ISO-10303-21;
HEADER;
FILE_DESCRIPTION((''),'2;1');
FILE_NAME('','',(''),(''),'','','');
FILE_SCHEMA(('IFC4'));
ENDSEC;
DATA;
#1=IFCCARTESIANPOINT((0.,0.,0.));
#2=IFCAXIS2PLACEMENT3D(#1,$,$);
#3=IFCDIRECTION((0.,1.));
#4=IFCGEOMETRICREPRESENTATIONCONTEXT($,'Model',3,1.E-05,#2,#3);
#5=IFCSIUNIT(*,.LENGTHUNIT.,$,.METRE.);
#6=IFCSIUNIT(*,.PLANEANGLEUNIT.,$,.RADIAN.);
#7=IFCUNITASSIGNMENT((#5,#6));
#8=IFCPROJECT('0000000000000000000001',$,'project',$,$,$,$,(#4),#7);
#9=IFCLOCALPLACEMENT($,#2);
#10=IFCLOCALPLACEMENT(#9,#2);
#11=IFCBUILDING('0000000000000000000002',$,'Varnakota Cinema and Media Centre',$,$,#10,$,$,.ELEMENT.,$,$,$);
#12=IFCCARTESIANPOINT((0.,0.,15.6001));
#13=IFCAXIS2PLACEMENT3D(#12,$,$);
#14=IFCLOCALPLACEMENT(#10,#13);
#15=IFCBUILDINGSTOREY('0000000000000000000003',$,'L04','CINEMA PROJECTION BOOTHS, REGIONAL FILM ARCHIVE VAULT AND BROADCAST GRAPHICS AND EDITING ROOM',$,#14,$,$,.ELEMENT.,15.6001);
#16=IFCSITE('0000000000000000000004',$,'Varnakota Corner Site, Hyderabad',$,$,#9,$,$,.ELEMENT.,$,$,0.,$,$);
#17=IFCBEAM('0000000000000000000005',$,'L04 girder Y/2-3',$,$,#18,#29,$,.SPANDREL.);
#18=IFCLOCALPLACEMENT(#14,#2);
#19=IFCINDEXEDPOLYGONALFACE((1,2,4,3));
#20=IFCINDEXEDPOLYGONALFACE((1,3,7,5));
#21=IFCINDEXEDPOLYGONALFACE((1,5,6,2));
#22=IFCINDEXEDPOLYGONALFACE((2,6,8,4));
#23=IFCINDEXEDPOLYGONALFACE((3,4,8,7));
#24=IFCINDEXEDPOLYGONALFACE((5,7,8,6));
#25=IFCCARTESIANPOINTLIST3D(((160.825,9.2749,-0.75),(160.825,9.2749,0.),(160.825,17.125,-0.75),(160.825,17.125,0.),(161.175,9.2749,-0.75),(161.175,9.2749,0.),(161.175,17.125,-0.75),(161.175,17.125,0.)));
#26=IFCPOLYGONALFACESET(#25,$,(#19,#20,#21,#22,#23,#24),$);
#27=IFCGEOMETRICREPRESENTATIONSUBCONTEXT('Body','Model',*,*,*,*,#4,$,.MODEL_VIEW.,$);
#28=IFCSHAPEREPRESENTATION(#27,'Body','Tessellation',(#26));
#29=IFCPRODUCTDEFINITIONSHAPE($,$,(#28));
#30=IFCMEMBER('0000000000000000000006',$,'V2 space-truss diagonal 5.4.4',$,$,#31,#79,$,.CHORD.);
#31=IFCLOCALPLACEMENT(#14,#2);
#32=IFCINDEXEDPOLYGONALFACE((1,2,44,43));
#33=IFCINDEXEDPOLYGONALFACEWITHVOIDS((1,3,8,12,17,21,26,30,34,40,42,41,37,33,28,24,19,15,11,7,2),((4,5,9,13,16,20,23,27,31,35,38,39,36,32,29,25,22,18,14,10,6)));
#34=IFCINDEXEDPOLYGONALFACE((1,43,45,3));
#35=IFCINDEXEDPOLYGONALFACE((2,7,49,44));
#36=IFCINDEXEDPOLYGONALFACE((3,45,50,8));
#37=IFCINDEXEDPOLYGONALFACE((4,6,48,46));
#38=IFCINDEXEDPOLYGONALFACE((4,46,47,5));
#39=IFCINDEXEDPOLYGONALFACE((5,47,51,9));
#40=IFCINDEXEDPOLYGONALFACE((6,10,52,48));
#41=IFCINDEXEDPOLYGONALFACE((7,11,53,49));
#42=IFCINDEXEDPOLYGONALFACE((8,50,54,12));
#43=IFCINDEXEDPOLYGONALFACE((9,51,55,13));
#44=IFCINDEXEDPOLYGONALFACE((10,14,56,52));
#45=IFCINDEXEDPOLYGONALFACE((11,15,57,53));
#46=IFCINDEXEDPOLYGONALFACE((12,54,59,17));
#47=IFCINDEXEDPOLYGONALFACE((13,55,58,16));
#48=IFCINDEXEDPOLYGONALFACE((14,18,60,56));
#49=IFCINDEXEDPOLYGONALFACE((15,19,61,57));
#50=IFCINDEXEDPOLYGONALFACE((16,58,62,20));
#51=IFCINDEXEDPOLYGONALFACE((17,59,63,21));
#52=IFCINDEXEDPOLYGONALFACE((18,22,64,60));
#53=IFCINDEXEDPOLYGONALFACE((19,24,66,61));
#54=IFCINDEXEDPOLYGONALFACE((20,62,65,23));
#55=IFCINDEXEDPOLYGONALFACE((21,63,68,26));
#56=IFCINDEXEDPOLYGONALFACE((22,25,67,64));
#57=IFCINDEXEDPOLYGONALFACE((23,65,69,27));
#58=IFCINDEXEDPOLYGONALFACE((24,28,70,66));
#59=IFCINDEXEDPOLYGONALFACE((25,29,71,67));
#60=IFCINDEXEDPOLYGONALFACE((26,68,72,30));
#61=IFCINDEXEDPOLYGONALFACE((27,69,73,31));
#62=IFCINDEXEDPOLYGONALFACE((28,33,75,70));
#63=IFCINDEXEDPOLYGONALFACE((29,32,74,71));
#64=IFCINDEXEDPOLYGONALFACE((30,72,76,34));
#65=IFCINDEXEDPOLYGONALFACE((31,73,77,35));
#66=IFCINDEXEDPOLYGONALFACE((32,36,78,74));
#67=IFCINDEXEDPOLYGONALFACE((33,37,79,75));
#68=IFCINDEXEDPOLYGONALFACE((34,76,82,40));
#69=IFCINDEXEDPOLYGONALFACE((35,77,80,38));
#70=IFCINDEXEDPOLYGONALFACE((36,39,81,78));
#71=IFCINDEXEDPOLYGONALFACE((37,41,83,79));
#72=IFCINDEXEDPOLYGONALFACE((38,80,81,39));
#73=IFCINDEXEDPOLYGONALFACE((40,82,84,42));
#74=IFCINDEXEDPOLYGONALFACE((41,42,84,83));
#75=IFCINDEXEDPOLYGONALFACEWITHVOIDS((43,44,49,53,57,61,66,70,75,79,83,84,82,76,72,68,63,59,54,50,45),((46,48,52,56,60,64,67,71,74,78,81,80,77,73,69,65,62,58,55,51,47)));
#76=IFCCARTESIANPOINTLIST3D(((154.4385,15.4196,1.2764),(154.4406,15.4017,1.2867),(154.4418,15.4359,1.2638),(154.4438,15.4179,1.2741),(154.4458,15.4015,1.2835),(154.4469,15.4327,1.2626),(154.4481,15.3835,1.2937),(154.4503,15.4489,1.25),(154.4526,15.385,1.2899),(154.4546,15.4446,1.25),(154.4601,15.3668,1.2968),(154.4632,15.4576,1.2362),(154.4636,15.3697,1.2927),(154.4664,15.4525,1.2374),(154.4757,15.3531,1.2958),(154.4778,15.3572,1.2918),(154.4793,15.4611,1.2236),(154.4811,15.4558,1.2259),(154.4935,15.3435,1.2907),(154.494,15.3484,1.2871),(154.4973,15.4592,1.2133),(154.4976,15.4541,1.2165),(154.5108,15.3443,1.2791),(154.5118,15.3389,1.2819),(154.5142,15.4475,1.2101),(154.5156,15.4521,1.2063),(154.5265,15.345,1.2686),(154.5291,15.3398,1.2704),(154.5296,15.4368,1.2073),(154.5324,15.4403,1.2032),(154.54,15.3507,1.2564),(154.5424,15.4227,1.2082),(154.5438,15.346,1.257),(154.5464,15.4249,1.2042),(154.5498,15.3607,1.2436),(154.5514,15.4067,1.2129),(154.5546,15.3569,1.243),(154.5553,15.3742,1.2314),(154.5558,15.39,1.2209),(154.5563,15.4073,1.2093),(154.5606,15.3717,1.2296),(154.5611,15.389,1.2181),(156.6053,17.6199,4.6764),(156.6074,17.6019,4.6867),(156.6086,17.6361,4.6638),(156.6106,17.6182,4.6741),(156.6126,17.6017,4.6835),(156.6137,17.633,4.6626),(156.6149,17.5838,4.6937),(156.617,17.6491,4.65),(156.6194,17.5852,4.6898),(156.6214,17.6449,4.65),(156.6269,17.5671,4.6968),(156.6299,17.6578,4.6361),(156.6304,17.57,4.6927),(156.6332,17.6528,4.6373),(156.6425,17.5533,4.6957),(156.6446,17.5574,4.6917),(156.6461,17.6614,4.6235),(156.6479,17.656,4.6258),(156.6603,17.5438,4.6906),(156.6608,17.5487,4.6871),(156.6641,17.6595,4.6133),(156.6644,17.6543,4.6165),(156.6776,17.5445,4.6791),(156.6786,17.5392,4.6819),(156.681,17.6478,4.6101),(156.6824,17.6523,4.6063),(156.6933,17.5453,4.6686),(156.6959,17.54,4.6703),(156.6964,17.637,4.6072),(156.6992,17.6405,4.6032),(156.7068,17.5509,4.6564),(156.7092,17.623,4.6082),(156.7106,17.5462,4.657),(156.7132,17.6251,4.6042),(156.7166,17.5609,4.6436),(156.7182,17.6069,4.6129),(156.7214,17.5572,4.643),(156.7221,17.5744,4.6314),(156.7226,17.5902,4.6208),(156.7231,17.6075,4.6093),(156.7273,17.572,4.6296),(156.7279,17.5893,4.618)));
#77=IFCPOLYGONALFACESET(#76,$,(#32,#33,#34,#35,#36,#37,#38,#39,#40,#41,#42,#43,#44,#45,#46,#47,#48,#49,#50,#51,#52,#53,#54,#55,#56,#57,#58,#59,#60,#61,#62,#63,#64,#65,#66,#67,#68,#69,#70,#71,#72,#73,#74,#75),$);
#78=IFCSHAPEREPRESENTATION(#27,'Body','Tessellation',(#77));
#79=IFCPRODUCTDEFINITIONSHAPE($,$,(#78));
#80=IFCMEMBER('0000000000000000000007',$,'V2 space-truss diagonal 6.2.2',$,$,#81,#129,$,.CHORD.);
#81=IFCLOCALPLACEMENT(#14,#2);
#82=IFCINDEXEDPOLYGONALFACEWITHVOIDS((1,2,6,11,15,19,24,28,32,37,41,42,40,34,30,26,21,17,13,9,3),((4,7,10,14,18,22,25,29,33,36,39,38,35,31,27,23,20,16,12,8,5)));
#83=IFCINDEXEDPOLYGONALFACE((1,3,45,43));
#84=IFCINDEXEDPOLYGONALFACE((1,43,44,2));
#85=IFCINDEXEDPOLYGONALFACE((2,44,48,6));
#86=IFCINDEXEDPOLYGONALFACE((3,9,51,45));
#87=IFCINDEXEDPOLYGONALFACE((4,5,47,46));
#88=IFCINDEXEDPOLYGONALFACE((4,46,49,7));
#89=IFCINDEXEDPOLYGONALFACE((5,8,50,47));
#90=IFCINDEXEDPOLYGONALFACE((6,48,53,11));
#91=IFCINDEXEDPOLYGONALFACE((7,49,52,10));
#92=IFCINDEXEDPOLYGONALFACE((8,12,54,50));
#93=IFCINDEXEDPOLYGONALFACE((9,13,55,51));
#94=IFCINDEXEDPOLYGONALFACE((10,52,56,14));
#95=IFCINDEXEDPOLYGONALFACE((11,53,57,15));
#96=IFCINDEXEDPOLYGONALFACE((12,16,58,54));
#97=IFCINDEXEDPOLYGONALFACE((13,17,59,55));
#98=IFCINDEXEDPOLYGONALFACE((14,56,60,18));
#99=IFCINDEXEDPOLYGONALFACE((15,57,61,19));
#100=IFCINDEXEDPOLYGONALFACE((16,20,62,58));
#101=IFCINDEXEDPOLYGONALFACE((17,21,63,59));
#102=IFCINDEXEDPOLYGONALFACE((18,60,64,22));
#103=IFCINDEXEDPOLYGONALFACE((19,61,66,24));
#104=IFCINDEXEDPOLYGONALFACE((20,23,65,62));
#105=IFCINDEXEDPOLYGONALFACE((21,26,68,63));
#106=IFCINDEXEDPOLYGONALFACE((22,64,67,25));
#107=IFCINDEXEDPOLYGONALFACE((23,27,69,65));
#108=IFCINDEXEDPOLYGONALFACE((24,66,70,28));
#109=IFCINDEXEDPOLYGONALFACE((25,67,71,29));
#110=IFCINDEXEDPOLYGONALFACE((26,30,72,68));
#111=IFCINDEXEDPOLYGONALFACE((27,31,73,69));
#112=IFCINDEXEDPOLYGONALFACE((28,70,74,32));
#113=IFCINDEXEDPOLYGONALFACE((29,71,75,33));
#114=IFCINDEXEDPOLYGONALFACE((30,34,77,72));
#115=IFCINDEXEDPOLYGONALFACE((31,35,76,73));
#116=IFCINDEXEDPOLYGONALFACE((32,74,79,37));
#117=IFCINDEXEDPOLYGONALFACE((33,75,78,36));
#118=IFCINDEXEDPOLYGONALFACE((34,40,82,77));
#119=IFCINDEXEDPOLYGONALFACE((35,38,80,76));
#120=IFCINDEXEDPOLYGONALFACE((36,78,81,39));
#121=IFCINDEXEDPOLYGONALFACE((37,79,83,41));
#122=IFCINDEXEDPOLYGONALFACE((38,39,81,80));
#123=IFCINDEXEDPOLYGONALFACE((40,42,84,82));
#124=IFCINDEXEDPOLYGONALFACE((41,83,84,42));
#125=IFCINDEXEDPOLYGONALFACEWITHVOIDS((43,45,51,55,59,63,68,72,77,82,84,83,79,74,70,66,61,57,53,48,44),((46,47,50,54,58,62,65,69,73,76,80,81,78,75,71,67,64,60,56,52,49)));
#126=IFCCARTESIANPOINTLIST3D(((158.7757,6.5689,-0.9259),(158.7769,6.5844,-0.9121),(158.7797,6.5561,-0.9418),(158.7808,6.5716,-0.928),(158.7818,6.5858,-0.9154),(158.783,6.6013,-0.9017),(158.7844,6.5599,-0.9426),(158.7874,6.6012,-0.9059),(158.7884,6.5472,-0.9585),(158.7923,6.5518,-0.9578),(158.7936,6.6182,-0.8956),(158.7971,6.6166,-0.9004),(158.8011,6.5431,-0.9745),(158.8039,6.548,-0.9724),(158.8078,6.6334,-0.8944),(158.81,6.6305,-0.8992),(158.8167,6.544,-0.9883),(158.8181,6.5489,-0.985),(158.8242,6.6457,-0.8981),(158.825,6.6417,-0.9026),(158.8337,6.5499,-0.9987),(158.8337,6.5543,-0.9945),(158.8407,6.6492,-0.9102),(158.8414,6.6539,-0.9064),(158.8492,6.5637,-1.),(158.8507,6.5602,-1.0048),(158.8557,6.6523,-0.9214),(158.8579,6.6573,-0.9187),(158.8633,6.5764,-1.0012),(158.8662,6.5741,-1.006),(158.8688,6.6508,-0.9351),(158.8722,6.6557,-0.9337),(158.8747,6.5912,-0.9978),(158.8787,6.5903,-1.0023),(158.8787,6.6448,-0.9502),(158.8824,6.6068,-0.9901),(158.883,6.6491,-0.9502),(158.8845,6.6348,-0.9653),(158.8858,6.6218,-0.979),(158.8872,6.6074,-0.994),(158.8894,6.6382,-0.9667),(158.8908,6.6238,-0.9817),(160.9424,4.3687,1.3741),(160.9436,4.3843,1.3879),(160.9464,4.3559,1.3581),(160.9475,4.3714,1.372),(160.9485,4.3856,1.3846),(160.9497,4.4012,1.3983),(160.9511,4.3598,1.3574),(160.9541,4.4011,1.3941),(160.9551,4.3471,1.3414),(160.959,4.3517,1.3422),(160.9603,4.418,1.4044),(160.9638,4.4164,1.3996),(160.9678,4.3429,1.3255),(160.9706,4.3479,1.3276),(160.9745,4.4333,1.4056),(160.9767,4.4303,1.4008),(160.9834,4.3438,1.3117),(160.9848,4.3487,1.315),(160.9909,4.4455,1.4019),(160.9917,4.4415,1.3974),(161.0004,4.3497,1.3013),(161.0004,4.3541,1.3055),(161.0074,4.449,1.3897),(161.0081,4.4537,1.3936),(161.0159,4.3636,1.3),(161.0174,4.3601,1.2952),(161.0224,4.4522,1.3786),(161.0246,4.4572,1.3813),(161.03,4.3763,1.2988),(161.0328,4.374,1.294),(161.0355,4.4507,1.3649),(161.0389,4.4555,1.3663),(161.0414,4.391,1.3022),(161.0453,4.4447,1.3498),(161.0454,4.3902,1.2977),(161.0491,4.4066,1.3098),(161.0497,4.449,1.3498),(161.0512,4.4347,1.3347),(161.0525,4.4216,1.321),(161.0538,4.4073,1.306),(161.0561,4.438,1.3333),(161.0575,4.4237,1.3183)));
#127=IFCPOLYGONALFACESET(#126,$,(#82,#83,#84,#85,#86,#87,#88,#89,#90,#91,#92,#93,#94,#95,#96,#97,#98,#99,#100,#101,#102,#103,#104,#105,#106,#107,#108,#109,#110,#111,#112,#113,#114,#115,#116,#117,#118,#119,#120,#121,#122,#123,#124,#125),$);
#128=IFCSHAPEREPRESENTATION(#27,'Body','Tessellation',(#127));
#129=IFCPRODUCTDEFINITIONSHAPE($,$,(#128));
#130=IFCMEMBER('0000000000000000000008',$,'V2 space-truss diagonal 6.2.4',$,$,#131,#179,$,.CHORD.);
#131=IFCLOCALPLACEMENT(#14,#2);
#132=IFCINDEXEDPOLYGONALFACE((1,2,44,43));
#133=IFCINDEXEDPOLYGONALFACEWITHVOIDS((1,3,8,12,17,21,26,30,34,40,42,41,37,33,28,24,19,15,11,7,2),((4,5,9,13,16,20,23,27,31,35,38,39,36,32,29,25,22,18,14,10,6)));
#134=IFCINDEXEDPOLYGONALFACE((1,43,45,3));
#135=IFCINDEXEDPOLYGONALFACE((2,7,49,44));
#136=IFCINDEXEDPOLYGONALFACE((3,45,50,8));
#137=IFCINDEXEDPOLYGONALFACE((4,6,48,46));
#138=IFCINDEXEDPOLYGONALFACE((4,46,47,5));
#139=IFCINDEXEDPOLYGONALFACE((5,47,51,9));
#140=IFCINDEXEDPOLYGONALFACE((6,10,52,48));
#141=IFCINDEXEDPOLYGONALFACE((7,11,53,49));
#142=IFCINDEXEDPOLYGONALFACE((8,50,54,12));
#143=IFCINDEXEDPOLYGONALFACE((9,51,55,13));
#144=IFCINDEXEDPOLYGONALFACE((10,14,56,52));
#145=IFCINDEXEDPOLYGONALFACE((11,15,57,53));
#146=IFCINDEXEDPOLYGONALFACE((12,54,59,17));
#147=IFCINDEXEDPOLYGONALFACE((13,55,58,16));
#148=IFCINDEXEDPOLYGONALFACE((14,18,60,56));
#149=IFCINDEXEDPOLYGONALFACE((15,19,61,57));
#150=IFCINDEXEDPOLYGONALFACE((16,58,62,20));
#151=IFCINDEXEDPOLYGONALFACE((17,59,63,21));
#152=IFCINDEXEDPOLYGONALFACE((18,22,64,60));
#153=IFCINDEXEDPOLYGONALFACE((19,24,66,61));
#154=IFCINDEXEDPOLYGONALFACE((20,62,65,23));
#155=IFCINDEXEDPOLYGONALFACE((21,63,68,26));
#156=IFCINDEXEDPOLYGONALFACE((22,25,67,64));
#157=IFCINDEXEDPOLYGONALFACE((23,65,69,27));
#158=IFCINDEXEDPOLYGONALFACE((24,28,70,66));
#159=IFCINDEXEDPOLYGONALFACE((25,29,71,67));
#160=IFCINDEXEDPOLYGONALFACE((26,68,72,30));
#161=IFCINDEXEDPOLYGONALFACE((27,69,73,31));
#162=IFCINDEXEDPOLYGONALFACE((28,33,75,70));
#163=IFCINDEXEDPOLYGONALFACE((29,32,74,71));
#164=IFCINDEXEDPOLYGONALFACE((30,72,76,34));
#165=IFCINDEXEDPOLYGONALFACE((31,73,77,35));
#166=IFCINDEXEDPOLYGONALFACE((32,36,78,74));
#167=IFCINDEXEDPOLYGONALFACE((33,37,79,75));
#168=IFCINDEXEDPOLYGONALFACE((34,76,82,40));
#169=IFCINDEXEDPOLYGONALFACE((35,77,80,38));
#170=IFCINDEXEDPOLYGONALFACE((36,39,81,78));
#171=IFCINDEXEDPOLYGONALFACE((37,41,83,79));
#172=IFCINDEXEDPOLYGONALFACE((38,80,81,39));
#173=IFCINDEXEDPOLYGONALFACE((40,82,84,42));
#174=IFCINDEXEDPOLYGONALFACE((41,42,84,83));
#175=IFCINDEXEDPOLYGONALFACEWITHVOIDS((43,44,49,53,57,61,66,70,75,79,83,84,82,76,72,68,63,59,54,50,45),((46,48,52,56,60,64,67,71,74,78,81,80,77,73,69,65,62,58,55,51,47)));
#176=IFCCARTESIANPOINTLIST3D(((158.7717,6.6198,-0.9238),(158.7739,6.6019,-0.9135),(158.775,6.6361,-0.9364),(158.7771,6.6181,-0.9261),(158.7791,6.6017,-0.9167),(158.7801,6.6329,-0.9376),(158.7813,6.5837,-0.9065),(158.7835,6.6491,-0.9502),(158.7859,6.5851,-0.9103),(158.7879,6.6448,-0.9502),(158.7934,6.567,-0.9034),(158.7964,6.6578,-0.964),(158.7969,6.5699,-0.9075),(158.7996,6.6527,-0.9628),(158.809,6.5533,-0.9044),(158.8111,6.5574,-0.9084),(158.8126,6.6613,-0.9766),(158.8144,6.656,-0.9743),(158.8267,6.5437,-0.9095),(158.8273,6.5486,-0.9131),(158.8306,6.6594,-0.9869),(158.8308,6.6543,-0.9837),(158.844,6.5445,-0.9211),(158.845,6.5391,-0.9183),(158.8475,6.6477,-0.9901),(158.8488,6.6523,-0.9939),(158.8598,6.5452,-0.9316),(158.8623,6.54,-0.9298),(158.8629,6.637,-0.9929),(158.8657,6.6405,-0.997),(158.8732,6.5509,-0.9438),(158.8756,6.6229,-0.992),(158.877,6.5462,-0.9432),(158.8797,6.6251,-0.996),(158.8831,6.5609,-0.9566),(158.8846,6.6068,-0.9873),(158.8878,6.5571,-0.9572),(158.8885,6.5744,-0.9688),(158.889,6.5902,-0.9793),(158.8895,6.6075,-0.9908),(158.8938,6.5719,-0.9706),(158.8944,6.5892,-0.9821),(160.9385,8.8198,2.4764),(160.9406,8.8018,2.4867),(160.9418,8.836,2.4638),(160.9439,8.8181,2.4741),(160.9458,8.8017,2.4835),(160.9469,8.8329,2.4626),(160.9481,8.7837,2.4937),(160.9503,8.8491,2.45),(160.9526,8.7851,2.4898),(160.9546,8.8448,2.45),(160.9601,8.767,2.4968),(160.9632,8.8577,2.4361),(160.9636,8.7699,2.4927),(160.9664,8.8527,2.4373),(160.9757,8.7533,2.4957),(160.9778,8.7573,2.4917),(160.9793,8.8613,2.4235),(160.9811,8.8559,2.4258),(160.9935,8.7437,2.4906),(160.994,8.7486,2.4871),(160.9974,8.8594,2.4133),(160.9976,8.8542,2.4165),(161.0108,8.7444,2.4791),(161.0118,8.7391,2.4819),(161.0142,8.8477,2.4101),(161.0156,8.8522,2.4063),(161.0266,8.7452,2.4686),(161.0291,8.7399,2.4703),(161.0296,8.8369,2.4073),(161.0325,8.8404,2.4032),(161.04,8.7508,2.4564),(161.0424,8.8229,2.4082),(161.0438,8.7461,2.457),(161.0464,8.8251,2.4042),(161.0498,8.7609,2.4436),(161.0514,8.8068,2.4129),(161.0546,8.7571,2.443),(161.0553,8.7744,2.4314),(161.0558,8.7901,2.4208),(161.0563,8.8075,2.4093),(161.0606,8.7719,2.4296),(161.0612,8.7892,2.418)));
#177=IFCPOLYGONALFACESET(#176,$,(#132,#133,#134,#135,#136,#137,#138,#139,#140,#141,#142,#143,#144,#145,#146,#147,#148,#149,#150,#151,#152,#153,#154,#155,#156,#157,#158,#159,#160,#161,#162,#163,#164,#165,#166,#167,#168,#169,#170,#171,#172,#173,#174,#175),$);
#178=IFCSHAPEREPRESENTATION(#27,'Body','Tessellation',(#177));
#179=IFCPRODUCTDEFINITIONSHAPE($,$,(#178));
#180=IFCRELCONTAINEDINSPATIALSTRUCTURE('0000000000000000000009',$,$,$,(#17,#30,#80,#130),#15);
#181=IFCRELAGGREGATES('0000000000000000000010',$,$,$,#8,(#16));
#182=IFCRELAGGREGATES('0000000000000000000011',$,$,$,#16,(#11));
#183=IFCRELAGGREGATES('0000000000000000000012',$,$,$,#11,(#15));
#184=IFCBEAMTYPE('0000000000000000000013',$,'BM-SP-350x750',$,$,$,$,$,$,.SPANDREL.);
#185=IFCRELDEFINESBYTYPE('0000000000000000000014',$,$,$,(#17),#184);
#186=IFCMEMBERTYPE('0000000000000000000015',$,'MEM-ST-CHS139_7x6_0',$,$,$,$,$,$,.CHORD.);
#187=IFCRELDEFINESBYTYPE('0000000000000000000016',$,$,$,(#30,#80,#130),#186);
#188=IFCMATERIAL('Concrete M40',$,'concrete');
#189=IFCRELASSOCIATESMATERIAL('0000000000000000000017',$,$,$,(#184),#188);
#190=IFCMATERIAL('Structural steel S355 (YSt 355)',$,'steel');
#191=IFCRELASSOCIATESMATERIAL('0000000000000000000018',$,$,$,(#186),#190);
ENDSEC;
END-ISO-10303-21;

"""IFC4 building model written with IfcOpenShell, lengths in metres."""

from ifc_helpers import new_model, si_unit, direction, frame, origin, origin_2d, place, context, subcontext, project, spatial, rectangle, hollow_circle, extrude, material, material_profile, profile_set, type_object, element, save


model = new_model("IFC4")

# Units and contexts
model_context = context("Model", 3, precision=1e-05, world=origin(), true_north=direction((0.0, 1.0)))
body_context = subcontext(model_context, "Body", "Model", "MODEL_VIEW")
ifc_project = project(units=[si_unit("LENGTHUNIT", "METRE"), si_unit("PLANEANGLEUNIT", "RADIAN")], contexts=[model_context])

# Site, building, storey
site_placement = place(None, origin())
site = spatial("IfcSite", under=ifc_project, at=site_placement, Name="Varnakota Corner Site, Hyderabad", CompositionType="ELEMENT", RefElevation=0.0)
building_placement = place(site_placement, origin())
building = spatial("IfcBuilding", under=site, at=building_placement, Name="Varnakota Cinema and Media Centre", CompositionType="ELEMENT")
storey_placement = place(building_placement, frame((0.0, 0.0, 15.6001)))
storey = spatial("IfcBuildingStorey", under=building, at=storey_placement, Name="L04", Description="CINEMA PROJECTION BOOTHS, REGIONAL FILM ARCHIVE VAULT AND BROADCAST GRAPHICS AND EDITING ROOM", CompositionType="ELEMENT", Elevation=15.6001)

# Beam
ifc_material_1 = material(Name="Concrete M40", Category="concrete")
ifc_material_profile_1 = material_profile(ifc_material_1, rectangle(XDim=0.3501, YDim=0.75, at=origin_2d()), Name="RCB 350x750")
ifc_profile_set_1 = profile_set([ifc_material_profile_1], Name="Concrete M40")
beam_type = type_object("IfcBeamType", Name="BM-SP-350x750", PredefinedType="SPANDREL", material=ifc_profile_set_1)
beam_placement = place(storey_placement, frame((161.0, 9.2749, -0.375), z_axis=(0.0, 1.0, 0.0), x_axis=(-1.0, 0.0, 0.0)))
element("IfcBeam", 1, at=beam_placement, inside=storey, type_object=beam_type, Name="L04 girder Y/2-3", PredefinedType="SPANDREL", context=body_context, shape_type="SweptSolid", body=[
    extrude(rectangle(XDim=0.3501, YDim=0.75, at=origin_2d()), origin(), (0.0, 0.0, 1.0), 7.8501),
])

# Members
ifc_material_2 = material(Name="Structural steel S355 (YSt 355)", Category="steel")
ifc_material_profile_2 = material_profile(ifc_material_2, hollow_circle(Radius=0.0698, WallThickness=0.0061, at=origin_2d()), Name="CHS 139.7x6.0")
ifc_profile_set_2 = profile_set([ifc_material_profile_2], Name="Structural steel S355 (YSt 355)")
member_type_1 = type_object("IfcMemberType", Name="MEM-ST-CHS139_7x6_0", PredefinedType="CHORD", material=ifc_profile_set_2)
member_1_placement = place(storey_placement, frame((154.5, 15.3999, 1.25), z_axis=(0.471757, 0.47904, 0.740247), x_axis=(-0.712502, 0.70167, 0.0)))
element("IfcMember", 2, at=member_1_placement, inside=storey, type_object=member_type_1, Name="V2 space-truss diagonal 5.4.4", PredefinedType="CHORD", context=body_context, shape_type="SweptSolid", body=[
    extrude(hollow_circle(Radius=0.0698, WallThickness=0.0061, at=origin_2d()), origin(), (0.0, 0.0, 1.0), 4.593),
])
member_2_placement = place(storey_placement, frame((158.8333, 6.6001, -0.9502), z_axis=(0.562728, -0.571414, 0.597347), x_axis=(0.712502, 0.70167, 0.0)))
element("IfcMember", 3, at=member_2_placement, inside=storey, type_object=member_type_1, Name="V2 space-truss diagonal 6.2.2", PredefinedType="CHORD", context=body_context, shape_type="SweptSolid", body=[
    extrude(hollow_circle(Radius=0.0698, WallThickness=0.0061, at=origin_2d()), origin(), (0.0, 0.0, 1.0), 3.8503),
])
member_3_placement = place(storey_placement, frame((158.8333, 6.6001, -0.9502), z_axis=(0.471751, 0.47898, 0.74029), x_axis=(-0.712463, 0.70171, 0.0)))
element("IfcMember", 4, at=member_3_placement, inside=storey, type_object=member_type_1, Name="V2 space-truss diagonal 6.2.4", PredefinedType="CHORD", context=body_context, shape_type="SweptSolid", body=[
    extrude(hollow_circle(Radius=0.0698, WallThickness=0.0061, at=origin_2d()), origin(), (0.0, 0.0, 1.0), 4.593),
])

save(model, "model.ifc")
